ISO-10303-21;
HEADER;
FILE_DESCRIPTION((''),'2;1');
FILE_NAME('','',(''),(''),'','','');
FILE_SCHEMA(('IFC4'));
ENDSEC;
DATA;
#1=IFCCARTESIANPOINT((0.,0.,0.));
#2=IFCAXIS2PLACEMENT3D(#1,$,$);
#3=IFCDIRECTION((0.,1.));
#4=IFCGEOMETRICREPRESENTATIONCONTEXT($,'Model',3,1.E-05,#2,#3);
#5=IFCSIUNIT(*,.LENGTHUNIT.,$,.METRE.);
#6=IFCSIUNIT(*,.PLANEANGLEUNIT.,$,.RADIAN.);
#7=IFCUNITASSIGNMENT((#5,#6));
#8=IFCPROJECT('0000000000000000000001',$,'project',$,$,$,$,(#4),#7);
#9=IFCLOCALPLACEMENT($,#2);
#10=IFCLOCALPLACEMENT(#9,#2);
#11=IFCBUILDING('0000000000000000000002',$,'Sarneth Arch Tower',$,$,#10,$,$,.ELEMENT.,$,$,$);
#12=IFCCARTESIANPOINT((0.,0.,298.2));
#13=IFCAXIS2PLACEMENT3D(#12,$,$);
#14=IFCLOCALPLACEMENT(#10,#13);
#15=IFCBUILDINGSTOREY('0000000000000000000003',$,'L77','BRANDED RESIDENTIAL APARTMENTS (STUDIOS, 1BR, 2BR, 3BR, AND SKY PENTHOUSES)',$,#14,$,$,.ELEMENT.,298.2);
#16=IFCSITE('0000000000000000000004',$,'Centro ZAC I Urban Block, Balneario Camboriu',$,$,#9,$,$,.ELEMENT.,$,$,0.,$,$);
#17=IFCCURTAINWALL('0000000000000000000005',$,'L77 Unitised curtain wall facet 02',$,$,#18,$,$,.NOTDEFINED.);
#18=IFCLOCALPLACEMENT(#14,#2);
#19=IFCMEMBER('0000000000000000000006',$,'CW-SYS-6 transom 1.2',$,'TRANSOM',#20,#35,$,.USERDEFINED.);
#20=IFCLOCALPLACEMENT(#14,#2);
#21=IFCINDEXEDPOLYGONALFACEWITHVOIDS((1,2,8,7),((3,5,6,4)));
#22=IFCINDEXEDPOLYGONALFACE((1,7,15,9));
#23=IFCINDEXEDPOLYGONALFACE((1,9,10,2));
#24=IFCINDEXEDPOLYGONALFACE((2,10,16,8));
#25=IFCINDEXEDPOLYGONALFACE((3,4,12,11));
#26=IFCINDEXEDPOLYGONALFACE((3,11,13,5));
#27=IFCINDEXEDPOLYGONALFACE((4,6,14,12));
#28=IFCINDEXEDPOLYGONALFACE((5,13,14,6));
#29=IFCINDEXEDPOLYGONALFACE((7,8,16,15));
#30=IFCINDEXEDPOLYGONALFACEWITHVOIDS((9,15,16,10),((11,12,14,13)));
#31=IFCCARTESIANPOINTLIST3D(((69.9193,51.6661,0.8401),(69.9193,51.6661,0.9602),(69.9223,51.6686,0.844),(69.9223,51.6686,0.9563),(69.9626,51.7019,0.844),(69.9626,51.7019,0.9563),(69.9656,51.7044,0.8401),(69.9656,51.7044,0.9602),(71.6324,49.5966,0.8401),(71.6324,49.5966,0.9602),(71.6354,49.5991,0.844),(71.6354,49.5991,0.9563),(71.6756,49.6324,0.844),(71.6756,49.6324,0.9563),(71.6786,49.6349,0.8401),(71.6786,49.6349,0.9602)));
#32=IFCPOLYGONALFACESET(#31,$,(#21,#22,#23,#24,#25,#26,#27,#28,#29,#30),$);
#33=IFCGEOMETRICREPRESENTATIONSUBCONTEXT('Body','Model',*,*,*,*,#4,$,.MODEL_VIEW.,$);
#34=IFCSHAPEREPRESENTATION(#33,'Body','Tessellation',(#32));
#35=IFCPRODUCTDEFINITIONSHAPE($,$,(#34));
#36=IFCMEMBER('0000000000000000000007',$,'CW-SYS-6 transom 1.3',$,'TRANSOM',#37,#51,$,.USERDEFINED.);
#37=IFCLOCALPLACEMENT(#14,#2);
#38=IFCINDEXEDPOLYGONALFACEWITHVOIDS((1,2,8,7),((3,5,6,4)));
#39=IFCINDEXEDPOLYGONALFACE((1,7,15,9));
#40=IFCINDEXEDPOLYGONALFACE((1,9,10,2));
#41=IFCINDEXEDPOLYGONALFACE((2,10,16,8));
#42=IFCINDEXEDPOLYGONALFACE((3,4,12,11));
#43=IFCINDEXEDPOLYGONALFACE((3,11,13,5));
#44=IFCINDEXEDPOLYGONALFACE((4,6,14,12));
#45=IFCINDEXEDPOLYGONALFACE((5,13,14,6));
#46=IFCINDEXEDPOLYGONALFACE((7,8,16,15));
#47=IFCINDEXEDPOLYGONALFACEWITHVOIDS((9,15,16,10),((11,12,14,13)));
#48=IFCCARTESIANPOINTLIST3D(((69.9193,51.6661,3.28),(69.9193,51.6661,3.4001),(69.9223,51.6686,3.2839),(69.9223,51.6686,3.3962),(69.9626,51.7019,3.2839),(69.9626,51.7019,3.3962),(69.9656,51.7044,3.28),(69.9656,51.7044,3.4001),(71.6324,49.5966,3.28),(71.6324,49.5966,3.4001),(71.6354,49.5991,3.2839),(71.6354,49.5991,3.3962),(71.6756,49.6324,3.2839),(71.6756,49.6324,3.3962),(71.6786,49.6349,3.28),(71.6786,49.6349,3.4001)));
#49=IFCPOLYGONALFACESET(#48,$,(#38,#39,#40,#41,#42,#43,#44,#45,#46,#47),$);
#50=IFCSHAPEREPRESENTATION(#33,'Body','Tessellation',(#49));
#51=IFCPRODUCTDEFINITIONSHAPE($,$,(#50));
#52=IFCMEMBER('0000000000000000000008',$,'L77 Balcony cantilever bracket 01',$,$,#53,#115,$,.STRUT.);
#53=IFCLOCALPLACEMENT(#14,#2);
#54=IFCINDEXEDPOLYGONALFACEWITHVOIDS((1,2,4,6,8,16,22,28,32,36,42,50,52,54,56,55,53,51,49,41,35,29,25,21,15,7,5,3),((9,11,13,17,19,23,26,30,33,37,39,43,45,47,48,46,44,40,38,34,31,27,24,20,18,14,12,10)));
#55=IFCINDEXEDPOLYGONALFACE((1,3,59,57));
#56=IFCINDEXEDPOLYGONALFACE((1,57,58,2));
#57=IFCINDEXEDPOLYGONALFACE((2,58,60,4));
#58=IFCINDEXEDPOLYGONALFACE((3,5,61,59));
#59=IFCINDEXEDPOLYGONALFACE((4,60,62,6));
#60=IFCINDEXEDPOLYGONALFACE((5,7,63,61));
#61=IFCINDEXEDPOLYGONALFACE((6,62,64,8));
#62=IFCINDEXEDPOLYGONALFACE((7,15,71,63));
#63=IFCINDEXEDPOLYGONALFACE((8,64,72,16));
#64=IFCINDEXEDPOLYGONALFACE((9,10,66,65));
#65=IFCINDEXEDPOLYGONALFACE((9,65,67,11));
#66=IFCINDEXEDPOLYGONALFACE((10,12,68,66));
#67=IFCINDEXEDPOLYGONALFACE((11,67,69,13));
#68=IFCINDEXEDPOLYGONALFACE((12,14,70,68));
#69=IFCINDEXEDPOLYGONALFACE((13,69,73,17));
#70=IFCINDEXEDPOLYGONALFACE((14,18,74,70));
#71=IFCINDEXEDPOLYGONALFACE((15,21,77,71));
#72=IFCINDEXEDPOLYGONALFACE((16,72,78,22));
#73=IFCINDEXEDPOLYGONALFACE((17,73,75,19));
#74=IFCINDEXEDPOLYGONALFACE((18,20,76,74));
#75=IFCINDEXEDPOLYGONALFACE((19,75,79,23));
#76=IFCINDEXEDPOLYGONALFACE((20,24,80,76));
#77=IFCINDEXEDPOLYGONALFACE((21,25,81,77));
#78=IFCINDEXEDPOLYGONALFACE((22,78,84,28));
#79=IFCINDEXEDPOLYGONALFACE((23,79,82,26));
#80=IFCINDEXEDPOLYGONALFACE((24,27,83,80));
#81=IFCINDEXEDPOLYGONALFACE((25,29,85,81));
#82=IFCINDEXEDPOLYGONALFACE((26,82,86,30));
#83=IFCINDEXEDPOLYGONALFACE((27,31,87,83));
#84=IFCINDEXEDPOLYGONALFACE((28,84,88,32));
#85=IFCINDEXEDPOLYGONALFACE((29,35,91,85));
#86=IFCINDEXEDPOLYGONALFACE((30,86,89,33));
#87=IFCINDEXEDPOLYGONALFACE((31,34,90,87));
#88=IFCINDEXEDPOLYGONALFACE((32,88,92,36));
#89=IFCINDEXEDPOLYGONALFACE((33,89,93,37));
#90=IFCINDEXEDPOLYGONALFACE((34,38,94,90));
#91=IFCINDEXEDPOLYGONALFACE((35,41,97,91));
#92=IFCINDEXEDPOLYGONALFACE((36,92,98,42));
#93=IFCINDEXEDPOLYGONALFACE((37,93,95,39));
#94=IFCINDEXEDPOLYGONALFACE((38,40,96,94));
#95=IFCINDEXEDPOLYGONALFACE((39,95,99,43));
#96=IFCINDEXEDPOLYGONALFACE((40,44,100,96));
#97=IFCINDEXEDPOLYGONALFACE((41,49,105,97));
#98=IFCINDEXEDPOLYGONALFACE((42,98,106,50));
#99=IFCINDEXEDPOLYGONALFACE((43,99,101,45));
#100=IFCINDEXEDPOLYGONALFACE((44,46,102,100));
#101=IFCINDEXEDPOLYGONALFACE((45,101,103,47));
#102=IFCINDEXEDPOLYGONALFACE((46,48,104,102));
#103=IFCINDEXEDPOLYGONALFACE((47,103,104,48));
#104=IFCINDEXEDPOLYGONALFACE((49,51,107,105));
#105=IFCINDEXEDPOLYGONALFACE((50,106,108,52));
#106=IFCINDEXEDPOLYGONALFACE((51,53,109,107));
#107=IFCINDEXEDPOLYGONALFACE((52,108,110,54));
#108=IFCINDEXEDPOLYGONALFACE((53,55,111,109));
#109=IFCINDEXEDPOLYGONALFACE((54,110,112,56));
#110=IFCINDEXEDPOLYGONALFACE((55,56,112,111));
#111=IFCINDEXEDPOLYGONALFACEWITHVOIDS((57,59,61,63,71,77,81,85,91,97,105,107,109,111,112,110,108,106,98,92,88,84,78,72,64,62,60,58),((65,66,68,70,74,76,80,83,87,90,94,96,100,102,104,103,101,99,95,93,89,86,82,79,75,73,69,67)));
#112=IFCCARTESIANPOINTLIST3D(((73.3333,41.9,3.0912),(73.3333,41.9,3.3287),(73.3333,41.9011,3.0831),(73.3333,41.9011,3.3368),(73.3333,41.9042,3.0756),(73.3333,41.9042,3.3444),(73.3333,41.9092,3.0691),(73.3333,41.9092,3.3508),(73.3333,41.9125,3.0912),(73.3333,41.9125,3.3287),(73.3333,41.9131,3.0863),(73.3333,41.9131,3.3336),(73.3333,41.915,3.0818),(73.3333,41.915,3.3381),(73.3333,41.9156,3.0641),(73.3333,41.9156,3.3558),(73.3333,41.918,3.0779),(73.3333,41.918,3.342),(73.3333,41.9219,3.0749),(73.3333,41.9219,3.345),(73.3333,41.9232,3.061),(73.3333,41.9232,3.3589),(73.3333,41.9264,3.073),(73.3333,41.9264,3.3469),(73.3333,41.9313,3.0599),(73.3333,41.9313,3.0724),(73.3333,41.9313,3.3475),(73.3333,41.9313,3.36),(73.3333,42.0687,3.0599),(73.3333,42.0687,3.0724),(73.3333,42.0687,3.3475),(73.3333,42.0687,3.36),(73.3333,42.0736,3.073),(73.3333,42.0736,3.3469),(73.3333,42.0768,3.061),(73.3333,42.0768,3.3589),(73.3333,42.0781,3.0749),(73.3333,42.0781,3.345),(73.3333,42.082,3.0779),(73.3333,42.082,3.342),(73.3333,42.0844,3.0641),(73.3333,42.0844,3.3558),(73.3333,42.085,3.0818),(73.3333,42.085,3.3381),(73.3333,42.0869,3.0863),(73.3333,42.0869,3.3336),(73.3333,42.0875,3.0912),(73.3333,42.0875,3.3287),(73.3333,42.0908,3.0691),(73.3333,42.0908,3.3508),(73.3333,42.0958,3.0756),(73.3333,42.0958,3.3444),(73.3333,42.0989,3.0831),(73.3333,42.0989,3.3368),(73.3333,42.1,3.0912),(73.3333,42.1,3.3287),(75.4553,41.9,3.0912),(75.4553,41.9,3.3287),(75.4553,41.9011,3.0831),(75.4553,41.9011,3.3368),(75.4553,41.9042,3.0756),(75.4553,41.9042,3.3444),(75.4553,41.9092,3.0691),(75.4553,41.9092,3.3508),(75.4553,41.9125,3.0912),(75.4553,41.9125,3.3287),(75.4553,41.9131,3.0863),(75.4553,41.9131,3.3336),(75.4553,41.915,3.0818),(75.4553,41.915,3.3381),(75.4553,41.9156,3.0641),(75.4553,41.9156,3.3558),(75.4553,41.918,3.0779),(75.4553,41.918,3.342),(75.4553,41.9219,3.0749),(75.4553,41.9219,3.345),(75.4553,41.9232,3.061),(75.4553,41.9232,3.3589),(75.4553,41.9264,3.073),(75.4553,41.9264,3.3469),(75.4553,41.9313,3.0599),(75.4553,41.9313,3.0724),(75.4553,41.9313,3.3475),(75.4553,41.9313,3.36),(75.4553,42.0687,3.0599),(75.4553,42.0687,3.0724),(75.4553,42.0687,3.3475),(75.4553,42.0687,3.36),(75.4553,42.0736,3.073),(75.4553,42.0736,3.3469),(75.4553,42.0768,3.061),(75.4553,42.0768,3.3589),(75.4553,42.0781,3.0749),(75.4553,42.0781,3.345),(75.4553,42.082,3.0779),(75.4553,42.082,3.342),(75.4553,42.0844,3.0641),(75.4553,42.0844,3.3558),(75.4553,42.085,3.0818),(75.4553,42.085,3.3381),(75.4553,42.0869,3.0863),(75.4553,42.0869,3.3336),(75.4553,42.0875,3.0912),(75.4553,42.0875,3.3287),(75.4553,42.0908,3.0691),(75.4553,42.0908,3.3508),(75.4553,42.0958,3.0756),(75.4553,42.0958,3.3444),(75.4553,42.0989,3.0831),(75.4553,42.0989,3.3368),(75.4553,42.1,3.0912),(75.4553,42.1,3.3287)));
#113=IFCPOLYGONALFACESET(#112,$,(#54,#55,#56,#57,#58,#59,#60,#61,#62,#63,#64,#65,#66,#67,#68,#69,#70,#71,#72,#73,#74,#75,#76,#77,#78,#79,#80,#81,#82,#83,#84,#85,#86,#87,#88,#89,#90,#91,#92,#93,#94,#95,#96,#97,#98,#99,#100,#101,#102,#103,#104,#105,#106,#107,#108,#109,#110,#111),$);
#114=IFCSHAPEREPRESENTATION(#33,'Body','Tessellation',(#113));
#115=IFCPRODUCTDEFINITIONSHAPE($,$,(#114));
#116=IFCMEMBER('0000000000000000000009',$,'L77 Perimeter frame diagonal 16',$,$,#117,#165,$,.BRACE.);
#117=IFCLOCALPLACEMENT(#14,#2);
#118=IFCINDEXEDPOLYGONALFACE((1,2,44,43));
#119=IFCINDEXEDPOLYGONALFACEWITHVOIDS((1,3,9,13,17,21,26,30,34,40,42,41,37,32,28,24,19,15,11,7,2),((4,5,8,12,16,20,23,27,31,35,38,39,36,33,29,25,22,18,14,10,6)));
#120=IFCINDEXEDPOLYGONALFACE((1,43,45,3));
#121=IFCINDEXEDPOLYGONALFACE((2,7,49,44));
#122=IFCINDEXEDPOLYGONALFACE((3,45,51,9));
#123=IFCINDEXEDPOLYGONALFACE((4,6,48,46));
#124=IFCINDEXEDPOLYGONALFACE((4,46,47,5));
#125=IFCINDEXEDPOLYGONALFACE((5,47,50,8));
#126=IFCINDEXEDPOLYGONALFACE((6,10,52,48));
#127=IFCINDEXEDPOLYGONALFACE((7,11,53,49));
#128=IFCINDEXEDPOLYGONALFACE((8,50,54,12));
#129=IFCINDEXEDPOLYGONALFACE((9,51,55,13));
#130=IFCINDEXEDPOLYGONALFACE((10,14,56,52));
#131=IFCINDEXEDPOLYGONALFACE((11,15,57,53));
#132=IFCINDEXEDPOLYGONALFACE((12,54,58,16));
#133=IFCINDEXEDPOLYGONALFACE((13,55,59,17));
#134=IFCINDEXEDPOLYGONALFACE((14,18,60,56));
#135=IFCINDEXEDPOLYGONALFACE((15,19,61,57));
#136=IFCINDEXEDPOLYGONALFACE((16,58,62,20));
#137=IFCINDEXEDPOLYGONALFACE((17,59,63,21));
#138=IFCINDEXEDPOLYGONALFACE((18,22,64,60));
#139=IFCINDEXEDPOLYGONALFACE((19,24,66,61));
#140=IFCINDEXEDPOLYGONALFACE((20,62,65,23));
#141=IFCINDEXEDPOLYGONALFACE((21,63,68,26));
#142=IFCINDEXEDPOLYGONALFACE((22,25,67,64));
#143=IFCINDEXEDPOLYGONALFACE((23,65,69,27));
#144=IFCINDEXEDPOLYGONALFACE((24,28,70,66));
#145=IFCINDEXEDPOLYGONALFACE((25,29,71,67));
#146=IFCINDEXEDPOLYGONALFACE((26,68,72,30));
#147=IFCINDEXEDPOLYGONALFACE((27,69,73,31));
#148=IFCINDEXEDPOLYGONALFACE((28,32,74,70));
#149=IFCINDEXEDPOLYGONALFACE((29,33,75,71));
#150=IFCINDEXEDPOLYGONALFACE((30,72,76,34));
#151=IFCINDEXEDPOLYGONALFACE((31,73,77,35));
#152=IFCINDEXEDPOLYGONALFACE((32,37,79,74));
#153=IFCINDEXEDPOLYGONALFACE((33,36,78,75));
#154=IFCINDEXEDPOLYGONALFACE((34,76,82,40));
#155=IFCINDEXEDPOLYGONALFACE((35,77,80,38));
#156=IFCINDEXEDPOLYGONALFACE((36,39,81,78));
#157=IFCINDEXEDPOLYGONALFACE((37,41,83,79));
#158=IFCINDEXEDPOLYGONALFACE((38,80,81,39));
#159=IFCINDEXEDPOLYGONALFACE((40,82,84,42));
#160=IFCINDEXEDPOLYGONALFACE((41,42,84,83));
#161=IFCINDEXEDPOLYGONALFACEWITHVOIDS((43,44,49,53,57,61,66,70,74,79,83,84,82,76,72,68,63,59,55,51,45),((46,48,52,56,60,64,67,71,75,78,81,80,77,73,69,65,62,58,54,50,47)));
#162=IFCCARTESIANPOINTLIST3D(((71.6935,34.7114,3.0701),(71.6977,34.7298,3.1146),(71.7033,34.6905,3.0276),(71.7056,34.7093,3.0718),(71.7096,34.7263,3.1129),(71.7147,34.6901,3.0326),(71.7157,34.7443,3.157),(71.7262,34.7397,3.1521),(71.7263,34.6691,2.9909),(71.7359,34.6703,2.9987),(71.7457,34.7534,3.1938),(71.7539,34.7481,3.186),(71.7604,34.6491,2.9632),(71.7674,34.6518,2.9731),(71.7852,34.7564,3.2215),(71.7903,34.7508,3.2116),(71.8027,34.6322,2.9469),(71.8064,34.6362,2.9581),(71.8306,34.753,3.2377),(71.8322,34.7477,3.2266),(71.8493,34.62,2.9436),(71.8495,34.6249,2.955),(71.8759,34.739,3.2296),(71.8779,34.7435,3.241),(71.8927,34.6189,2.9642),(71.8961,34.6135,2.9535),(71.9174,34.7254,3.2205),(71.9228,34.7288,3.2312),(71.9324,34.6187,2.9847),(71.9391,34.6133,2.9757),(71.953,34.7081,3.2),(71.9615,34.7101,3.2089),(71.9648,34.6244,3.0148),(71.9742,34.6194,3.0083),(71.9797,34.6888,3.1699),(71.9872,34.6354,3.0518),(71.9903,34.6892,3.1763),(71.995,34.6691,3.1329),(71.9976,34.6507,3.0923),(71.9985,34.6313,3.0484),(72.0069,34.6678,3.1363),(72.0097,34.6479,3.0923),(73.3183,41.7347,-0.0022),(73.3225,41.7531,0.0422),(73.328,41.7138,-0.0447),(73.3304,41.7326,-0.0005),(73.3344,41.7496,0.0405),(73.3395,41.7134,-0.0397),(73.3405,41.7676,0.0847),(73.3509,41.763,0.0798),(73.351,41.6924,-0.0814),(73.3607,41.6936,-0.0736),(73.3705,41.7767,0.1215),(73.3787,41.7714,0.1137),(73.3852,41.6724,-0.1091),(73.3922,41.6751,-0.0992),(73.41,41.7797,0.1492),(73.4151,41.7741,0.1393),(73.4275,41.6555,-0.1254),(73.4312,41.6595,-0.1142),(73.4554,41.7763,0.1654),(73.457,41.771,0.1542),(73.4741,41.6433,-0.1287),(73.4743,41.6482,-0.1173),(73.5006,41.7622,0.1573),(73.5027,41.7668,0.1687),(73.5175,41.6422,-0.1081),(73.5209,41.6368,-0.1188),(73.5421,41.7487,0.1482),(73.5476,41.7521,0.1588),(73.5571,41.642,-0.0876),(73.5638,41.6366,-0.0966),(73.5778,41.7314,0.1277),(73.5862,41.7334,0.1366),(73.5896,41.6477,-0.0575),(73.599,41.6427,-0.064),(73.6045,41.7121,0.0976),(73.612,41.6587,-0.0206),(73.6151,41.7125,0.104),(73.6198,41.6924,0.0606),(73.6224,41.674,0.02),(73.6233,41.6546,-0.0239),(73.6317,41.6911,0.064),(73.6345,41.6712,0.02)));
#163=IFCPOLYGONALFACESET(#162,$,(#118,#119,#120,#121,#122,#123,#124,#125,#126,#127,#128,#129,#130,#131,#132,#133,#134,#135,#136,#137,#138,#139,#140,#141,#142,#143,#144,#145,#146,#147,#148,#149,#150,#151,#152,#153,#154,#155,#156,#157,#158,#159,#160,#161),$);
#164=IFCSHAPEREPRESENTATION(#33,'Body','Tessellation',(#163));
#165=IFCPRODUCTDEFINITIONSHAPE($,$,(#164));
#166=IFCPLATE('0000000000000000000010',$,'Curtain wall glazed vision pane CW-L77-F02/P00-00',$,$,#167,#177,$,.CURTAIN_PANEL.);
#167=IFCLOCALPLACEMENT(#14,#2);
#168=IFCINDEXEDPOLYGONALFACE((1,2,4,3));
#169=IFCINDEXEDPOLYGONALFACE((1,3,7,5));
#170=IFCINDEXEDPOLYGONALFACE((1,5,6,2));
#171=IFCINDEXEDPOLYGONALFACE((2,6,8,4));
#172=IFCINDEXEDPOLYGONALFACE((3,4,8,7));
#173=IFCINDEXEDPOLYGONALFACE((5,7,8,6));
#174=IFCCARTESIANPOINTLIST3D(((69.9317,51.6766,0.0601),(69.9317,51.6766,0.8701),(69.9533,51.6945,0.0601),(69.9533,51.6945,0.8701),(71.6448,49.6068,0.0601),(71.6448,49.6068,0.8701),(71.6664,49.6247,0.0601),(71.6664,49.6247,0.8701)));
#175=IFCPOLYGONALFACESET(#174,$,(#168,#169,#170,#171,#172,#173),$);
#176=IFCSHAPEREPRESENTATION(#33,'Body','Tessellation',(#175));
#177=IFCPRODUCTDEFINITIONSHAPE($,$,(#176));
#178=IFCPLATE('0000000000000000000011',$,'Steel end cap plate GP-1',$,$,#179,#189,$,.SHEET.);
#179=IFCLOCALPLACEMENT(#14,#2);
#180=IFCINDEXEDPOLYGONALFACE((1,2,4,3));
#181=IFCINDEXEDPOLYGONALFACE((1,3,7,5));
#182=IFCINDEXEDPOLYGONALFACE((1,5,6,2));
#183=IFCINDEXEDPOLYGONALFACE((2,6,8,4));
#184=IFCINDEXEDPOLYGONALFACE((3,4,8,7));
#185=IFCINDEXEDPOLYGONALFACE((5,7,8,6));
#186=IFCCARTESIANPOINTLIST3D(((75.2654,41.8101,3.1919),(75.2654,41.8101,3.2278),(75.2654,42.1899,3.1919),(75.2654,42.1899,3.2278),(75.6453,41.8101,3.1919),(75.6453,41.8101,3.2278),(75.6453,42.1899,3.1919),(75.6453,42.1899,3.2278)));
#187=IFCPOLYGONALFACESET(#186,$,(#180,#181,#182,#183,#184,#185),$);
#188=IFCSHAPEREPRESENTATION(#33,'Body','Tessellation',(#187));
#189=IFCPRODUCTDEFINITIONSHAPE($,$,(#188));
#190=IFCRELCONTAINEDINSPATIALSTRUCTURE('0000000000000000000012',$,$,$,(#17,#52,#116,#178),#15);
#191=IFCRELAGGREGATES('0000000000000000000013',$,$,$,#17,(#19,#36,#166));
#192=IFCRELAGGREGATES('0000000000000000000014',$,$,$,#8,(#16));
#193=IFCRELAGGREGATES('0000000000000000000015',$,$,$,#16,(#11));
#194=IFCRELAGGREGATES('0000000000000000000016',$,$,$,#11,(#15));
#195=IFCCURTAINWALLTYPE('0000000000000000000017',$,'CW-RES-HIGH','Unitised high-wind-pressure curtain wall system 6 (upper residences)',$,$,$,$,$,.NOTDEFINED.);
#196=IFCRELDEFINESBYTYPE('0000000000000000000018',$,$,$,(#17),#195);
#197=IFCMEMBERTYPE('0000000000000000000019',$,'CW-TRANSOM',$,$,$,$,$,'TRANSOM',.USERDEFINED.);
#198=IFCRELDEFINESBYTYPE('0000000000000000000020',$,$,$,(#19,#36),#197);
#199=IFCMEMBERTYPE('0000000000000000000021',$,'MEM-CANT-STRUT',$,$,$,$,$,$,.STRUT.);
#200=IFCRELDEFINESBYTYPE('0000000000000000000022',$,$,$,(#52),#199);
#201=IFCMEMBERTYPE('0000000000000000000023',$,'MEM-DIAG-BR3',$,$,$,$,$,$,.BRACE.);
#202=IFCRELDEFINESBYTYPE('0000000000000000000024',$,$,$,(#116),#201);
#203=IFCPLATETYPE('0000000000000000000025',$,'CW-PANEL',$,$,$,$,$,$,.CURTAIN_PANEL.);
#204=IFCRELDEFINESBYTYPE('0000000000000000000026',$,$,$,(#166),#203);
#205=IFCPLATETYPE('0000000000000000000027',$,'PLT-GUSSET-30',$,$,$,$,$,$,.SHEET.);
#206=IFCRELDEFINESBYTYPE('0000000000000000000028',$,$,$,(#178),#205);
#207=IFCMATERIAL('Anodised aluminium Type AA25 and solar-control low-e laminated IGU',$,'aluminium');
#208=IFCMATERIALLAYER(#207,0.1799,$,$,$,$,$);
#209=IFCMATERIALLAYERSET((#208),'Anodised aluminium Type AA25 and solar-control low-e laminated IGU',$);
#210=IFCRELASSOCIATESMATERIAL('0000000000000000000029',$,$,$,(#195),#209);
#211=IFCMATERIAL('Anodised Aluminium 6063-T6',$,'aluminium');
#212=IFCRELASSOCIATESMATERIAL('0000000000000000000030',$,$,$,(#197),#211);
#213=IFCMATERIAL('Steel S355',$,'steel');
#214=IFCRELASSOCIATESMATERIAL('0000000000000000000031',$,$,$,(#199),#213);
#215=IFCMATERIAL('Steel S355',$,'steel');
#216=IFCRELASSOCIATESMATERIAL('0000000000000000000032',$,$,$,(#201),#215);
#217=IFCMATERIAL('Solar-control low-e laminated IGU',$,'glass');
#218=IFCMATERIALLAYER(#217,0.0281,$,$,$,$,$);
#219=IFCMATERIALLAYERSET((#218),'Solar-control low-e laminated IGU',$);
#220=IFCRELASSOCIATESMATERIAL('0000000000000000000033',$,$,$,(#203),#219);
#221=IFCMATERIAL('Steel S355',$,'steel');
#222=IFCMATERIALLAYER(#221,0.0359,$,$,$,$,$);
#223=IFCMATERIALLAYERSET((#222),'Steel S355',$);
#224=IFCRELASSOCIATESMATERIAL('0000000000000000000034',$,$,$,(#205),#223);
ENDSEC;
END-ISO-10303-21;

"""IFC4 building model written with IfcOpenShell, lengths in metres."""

from ifc_helpers import new_model, si_unit, direction, frame, origin, origin_2d, place, context, subcontext, project, spatial, rectangle, hollow_rectangle, hollow_circle, extrude, material, layer, layer_set, material_profile, profile_set, type_object, element, aggregate, save


model = new_model("IFC4")

# Units and contexts
model_context = context("Model", 3, precision=1e-05, world=origin(), true_north=direction((0.0, 1.0)))
body_context = subcontext(model_context, "Body", "Model", "MODEL_VIEW")
ifc_project = project(units=[si_unit("LENGTHUNIT", "METRE"), si_unit("PLANEANGLEUNIT", "RADIAN")], contexts=[model_context])

# Site, building, storey
site_placement = place(None, origin())
site = spatial("IfcSite", under=ifc_project, at=site_placement, Name="Centro ZAC I Urban Block, Balneario Camboriu", CompositionType="ELEMENT", RefElevation=0.0)
building_placement = place(site_placement, origin())
building = spatial("IfcBuilding", under=site, at=building_placement, Name="Sarneth Arch Tower", CompositionType="ELEMENT")
storey_placement = place(building_placement, frame((0.0, 0.0, 298.2)))
storey = spatial("IfcBuildingStorey", under=building, at=storey_placement, Name="L77", Description="BRANDED RESIDENTIAL APARTMENTS (STUDIOS, 1BR, 2BR, 3BR, AND SKY PENTHOUSES)", CompositionType="ELEMENT", Elevation=298.2)

# Curtain wall, members
ifc_material_1 = material(Name="Anodised aluminium Type AA25 and solar-control low-e laminated IGU", Category="aluminium")
ifc_layer_1 = layer(ifc_material_1, 0.1799)
ifc_layer_set_1 = layer_set([ifc_layer_1], Name="Anodised aluminium Type AA25 and solar-control low-e laminated IGU")
curtain_wall_type = type_object("IfcCurtainWallType", Name="CW-RES-HIGH", Description="Unitised high-wind-pressure curtain wall system 6 (upper residences)", PredefinedType="NOTDEFINED", material=ifc_layer_set_1)
curtain_wall_placement = place(storey_placement, origin())
curtain_wall = element("IfcCurtainWall", 1, at=curtain_wall_placement, inside=storey, type_object=curtain_wall_type, Name="L77 Unitised curtain wall facet 02", PredefinedType="NOTDEFINED")
ifc_material_2 = material(Name="Anodised Aluminium 6063-T6", Category="aluminium")
ifc_material_profile_1 = material_profile(ifc_material_2, hollow_rectangle(XDim=0.0601, YDim=0.1201, WallThickness=0.0039, at=origin_2d()), Name="AL-TRAN-120x60x4")
ifc_profile_set_1 = profile_set([ifc_material_profile_1], Name="Anodised Aluminium 6063-T6")
member_type_1 = type_object("IfcMemberType", Name="CW-TRANSOM", ElementType="TRANSOM", PredefinedType="USERDEFINED", material=ifc_profile_set_1)
member_1_placement = place(storey_placement, frame((71.6555, 49.6157, 0.9001), z_axis=(-0.637651, 0.770325, 0.0), x_axis=(-0.770325, -0.637651, 0.0)))
member_1 = element("IfcMember", 2, at=member_1_placement, type_object=member_type_1, Name="CW-SYS-6 transom 1.2", ObjectType="TRANSOM", PredefinedType="USERDEFINED", context=body_context, shape_type="SweptSolid", body=[
    extrude(hollow_rectangle(XDim=0.0601, YDim=0.1201, WallThickness=0.0039, at=origin_2d()), origin(), (0.0, 0.0, 1.0), 2.6865),
])
member_2_placement = place(storey_placement, frame((71.6555, 49.6157, 3.3401), z_axis=(-0.637651, 0.770325, 0.0), x_axis=(-0.770325, -0.637651, 0.0)))
member_2 = element("IfcMember", 3, at=member_2_placement, type_object=member_type_1, Name="CW-SYS-6 transom 1.3", ObjectType="TRANSOM", PredefinedType="USERDEFINED", context=body_context, shape_type="SweptSolid", body=[
    extrude(hollow_rectangle(XDim=0.0601, YDim=0.1201, WallThickness=0.0039, at=origin_2d()), origin(), (0.0, 0.0, 1.0), 2.6865),
])

# Members
ifc_material_3 = material(Name="Steel S355", Category="steel")
ifc_material_profile_2 = material_profile(ifc_material_3, hollow_rectangle(XDim=0.2, YDim=0.3, WallThickness=0.0125, InnerFilletRadius=0.0188, OuterFilletRadius=0.0312, at=origin_2d()), Name="RHS300x200x12.5")
ifc_profile_set_2 = profile_set([ifc_material_profile_2], Name="Steel S355")
member_type_2 = type_object("IfcMemberType", Name="MEM-CANT-STRUT", PredefinedType="STRUT", material=ifc_profile_set_2)
member_3_placement = place(storey_placement, frame((73.3333, 42.0, 3.21), z_axis=(1.0, 0.0, 0.0), x_axis=(0.0, 1.0, 0.0)))
element("IfcMember", 4, at=member_3_placement, inside=storey, type_object=member_type_2, Name="L77 Balcony cantilever bracket 01", PredefinedType="STRUT", context=body_context, shape_type="SweptSolid", body=[
    extrude(hollow_rectangle(XDim=0.2, YDim=0.3, WallThickness=0.0125, InnerFilletRadius=0.0188, OuterFilletRadius=0.0312, at=origin_2d()), origin(), (0.0, 0.0, 1.0), 2.1221),
])
ifc_material_4 = material(Name="Steel S355", Category="steel")
ifc_material_profile_3 = material_profile(ifc_material_4, hollow_circle(Radius=0.1621, WallThickness=0.0125, at=origin_2d()), Name="CHS324x12.5")
ifc_profile_set_3 = profile_set([ifc_material_profile_3], Name="Steel S355")
member_type_3 = type_object("IfcMemberType", Name="MEM-DIAG-BR3", PredefinedType="BRACE", material=ifc_profile_set_3)
member_4_placement = place(storey_placement, frame((73.4766, 41.7078, 0.02), z_axis=(-0.207343, -0.896265, 0.392067), x_axis=(0.974269, -0.225389, 0.0)))
element("IfcMember", 5, at=member_4_placement, inside=storey, type_object=member_type_3, Name="L77 Perimeter frame diagonal 16", PredefinedType="BRACE", context=body_context, shape_type="SweptSolid", body=[
    extrude(hollow_circle(Radius=0.1621, WallThickness=0.0125, at=origin_2d()), origin(), (0.0, 0.0, 1.0), 7.8362),
])

# Plate
ifc_material_5 = material(Name="Solar-control low-e laminated IGU", Category="glass")
ifc_layer_2 = layer(ifc_material_5, 0.0281)
ifc_layer_set_2 = layer_set([ifc_layer_2], Name="Solar-control low-e laminated IGU")
plate_type_1 = type_object("IfcPlateType", Name="CW-PANEL", PredefinedType="CURTAIN_PANEL", material=ifc_layer_set_2)
plate_1_placement = place(storey_placement, frame((70.7991, 50.6506, 0.0601), z_axis=(0.0, 0.0, 1.0), x_axis=(-0.63761, 0.770359, 0.0)))
plate_1 = element("IfcPlate", 6, at=plate_1_placement, type_object=plate_type_1, Name="Curtain wall glazed vision pane CW-L77-F02/P00-00", PredefinedType="CURTAIN_PANEL", context=body_context, shape_type="SweptSolid", body=[
    extrude(rectangle(XDim=2.6868, YDim=0.0281, at=origin_2d()), origin(), (0.0, 0.0, 1.0), 0.8101),
])
aggregate(curtain_wall, [member_1, member_2, plate_1])

# Plate
ifc_material_6 = material(Name="Steel S355", Category="steel")
ifc_layer_3 = layer(ifc_material_6, 0.0359)
ifc_layer_set_3 = layer_set([ifc_layer_3], Name="Steel S355")
plate_type_2 = type_object("IfcPlateType", Name="PLT-GUSSET-30", PredefinedType="SHEET", material=ifc_layer_set_3)
plate_2_placement = place(storey_placement, frame((75.4553, 42.0, 3.1919), z_axis=(0.0, 0.0, 1.0), x_axis=(1.0, 0.0, 0.0)))
element("IfcPlate", 7, at=plate_2_placement, inside=storey, type_object=plate_type_2, Name="Steel end cap plate GP-1", PredefinedType="SHEET", context=body_context, shape_type="SweptSolid", body=[
    extrude(rectangle(XDim=0.3799, YDim=0.3799, at=origin_2d()), origin(), (0.0, 0.0, 1.0), 0.0359),
])

save(model, "model.ifc")
